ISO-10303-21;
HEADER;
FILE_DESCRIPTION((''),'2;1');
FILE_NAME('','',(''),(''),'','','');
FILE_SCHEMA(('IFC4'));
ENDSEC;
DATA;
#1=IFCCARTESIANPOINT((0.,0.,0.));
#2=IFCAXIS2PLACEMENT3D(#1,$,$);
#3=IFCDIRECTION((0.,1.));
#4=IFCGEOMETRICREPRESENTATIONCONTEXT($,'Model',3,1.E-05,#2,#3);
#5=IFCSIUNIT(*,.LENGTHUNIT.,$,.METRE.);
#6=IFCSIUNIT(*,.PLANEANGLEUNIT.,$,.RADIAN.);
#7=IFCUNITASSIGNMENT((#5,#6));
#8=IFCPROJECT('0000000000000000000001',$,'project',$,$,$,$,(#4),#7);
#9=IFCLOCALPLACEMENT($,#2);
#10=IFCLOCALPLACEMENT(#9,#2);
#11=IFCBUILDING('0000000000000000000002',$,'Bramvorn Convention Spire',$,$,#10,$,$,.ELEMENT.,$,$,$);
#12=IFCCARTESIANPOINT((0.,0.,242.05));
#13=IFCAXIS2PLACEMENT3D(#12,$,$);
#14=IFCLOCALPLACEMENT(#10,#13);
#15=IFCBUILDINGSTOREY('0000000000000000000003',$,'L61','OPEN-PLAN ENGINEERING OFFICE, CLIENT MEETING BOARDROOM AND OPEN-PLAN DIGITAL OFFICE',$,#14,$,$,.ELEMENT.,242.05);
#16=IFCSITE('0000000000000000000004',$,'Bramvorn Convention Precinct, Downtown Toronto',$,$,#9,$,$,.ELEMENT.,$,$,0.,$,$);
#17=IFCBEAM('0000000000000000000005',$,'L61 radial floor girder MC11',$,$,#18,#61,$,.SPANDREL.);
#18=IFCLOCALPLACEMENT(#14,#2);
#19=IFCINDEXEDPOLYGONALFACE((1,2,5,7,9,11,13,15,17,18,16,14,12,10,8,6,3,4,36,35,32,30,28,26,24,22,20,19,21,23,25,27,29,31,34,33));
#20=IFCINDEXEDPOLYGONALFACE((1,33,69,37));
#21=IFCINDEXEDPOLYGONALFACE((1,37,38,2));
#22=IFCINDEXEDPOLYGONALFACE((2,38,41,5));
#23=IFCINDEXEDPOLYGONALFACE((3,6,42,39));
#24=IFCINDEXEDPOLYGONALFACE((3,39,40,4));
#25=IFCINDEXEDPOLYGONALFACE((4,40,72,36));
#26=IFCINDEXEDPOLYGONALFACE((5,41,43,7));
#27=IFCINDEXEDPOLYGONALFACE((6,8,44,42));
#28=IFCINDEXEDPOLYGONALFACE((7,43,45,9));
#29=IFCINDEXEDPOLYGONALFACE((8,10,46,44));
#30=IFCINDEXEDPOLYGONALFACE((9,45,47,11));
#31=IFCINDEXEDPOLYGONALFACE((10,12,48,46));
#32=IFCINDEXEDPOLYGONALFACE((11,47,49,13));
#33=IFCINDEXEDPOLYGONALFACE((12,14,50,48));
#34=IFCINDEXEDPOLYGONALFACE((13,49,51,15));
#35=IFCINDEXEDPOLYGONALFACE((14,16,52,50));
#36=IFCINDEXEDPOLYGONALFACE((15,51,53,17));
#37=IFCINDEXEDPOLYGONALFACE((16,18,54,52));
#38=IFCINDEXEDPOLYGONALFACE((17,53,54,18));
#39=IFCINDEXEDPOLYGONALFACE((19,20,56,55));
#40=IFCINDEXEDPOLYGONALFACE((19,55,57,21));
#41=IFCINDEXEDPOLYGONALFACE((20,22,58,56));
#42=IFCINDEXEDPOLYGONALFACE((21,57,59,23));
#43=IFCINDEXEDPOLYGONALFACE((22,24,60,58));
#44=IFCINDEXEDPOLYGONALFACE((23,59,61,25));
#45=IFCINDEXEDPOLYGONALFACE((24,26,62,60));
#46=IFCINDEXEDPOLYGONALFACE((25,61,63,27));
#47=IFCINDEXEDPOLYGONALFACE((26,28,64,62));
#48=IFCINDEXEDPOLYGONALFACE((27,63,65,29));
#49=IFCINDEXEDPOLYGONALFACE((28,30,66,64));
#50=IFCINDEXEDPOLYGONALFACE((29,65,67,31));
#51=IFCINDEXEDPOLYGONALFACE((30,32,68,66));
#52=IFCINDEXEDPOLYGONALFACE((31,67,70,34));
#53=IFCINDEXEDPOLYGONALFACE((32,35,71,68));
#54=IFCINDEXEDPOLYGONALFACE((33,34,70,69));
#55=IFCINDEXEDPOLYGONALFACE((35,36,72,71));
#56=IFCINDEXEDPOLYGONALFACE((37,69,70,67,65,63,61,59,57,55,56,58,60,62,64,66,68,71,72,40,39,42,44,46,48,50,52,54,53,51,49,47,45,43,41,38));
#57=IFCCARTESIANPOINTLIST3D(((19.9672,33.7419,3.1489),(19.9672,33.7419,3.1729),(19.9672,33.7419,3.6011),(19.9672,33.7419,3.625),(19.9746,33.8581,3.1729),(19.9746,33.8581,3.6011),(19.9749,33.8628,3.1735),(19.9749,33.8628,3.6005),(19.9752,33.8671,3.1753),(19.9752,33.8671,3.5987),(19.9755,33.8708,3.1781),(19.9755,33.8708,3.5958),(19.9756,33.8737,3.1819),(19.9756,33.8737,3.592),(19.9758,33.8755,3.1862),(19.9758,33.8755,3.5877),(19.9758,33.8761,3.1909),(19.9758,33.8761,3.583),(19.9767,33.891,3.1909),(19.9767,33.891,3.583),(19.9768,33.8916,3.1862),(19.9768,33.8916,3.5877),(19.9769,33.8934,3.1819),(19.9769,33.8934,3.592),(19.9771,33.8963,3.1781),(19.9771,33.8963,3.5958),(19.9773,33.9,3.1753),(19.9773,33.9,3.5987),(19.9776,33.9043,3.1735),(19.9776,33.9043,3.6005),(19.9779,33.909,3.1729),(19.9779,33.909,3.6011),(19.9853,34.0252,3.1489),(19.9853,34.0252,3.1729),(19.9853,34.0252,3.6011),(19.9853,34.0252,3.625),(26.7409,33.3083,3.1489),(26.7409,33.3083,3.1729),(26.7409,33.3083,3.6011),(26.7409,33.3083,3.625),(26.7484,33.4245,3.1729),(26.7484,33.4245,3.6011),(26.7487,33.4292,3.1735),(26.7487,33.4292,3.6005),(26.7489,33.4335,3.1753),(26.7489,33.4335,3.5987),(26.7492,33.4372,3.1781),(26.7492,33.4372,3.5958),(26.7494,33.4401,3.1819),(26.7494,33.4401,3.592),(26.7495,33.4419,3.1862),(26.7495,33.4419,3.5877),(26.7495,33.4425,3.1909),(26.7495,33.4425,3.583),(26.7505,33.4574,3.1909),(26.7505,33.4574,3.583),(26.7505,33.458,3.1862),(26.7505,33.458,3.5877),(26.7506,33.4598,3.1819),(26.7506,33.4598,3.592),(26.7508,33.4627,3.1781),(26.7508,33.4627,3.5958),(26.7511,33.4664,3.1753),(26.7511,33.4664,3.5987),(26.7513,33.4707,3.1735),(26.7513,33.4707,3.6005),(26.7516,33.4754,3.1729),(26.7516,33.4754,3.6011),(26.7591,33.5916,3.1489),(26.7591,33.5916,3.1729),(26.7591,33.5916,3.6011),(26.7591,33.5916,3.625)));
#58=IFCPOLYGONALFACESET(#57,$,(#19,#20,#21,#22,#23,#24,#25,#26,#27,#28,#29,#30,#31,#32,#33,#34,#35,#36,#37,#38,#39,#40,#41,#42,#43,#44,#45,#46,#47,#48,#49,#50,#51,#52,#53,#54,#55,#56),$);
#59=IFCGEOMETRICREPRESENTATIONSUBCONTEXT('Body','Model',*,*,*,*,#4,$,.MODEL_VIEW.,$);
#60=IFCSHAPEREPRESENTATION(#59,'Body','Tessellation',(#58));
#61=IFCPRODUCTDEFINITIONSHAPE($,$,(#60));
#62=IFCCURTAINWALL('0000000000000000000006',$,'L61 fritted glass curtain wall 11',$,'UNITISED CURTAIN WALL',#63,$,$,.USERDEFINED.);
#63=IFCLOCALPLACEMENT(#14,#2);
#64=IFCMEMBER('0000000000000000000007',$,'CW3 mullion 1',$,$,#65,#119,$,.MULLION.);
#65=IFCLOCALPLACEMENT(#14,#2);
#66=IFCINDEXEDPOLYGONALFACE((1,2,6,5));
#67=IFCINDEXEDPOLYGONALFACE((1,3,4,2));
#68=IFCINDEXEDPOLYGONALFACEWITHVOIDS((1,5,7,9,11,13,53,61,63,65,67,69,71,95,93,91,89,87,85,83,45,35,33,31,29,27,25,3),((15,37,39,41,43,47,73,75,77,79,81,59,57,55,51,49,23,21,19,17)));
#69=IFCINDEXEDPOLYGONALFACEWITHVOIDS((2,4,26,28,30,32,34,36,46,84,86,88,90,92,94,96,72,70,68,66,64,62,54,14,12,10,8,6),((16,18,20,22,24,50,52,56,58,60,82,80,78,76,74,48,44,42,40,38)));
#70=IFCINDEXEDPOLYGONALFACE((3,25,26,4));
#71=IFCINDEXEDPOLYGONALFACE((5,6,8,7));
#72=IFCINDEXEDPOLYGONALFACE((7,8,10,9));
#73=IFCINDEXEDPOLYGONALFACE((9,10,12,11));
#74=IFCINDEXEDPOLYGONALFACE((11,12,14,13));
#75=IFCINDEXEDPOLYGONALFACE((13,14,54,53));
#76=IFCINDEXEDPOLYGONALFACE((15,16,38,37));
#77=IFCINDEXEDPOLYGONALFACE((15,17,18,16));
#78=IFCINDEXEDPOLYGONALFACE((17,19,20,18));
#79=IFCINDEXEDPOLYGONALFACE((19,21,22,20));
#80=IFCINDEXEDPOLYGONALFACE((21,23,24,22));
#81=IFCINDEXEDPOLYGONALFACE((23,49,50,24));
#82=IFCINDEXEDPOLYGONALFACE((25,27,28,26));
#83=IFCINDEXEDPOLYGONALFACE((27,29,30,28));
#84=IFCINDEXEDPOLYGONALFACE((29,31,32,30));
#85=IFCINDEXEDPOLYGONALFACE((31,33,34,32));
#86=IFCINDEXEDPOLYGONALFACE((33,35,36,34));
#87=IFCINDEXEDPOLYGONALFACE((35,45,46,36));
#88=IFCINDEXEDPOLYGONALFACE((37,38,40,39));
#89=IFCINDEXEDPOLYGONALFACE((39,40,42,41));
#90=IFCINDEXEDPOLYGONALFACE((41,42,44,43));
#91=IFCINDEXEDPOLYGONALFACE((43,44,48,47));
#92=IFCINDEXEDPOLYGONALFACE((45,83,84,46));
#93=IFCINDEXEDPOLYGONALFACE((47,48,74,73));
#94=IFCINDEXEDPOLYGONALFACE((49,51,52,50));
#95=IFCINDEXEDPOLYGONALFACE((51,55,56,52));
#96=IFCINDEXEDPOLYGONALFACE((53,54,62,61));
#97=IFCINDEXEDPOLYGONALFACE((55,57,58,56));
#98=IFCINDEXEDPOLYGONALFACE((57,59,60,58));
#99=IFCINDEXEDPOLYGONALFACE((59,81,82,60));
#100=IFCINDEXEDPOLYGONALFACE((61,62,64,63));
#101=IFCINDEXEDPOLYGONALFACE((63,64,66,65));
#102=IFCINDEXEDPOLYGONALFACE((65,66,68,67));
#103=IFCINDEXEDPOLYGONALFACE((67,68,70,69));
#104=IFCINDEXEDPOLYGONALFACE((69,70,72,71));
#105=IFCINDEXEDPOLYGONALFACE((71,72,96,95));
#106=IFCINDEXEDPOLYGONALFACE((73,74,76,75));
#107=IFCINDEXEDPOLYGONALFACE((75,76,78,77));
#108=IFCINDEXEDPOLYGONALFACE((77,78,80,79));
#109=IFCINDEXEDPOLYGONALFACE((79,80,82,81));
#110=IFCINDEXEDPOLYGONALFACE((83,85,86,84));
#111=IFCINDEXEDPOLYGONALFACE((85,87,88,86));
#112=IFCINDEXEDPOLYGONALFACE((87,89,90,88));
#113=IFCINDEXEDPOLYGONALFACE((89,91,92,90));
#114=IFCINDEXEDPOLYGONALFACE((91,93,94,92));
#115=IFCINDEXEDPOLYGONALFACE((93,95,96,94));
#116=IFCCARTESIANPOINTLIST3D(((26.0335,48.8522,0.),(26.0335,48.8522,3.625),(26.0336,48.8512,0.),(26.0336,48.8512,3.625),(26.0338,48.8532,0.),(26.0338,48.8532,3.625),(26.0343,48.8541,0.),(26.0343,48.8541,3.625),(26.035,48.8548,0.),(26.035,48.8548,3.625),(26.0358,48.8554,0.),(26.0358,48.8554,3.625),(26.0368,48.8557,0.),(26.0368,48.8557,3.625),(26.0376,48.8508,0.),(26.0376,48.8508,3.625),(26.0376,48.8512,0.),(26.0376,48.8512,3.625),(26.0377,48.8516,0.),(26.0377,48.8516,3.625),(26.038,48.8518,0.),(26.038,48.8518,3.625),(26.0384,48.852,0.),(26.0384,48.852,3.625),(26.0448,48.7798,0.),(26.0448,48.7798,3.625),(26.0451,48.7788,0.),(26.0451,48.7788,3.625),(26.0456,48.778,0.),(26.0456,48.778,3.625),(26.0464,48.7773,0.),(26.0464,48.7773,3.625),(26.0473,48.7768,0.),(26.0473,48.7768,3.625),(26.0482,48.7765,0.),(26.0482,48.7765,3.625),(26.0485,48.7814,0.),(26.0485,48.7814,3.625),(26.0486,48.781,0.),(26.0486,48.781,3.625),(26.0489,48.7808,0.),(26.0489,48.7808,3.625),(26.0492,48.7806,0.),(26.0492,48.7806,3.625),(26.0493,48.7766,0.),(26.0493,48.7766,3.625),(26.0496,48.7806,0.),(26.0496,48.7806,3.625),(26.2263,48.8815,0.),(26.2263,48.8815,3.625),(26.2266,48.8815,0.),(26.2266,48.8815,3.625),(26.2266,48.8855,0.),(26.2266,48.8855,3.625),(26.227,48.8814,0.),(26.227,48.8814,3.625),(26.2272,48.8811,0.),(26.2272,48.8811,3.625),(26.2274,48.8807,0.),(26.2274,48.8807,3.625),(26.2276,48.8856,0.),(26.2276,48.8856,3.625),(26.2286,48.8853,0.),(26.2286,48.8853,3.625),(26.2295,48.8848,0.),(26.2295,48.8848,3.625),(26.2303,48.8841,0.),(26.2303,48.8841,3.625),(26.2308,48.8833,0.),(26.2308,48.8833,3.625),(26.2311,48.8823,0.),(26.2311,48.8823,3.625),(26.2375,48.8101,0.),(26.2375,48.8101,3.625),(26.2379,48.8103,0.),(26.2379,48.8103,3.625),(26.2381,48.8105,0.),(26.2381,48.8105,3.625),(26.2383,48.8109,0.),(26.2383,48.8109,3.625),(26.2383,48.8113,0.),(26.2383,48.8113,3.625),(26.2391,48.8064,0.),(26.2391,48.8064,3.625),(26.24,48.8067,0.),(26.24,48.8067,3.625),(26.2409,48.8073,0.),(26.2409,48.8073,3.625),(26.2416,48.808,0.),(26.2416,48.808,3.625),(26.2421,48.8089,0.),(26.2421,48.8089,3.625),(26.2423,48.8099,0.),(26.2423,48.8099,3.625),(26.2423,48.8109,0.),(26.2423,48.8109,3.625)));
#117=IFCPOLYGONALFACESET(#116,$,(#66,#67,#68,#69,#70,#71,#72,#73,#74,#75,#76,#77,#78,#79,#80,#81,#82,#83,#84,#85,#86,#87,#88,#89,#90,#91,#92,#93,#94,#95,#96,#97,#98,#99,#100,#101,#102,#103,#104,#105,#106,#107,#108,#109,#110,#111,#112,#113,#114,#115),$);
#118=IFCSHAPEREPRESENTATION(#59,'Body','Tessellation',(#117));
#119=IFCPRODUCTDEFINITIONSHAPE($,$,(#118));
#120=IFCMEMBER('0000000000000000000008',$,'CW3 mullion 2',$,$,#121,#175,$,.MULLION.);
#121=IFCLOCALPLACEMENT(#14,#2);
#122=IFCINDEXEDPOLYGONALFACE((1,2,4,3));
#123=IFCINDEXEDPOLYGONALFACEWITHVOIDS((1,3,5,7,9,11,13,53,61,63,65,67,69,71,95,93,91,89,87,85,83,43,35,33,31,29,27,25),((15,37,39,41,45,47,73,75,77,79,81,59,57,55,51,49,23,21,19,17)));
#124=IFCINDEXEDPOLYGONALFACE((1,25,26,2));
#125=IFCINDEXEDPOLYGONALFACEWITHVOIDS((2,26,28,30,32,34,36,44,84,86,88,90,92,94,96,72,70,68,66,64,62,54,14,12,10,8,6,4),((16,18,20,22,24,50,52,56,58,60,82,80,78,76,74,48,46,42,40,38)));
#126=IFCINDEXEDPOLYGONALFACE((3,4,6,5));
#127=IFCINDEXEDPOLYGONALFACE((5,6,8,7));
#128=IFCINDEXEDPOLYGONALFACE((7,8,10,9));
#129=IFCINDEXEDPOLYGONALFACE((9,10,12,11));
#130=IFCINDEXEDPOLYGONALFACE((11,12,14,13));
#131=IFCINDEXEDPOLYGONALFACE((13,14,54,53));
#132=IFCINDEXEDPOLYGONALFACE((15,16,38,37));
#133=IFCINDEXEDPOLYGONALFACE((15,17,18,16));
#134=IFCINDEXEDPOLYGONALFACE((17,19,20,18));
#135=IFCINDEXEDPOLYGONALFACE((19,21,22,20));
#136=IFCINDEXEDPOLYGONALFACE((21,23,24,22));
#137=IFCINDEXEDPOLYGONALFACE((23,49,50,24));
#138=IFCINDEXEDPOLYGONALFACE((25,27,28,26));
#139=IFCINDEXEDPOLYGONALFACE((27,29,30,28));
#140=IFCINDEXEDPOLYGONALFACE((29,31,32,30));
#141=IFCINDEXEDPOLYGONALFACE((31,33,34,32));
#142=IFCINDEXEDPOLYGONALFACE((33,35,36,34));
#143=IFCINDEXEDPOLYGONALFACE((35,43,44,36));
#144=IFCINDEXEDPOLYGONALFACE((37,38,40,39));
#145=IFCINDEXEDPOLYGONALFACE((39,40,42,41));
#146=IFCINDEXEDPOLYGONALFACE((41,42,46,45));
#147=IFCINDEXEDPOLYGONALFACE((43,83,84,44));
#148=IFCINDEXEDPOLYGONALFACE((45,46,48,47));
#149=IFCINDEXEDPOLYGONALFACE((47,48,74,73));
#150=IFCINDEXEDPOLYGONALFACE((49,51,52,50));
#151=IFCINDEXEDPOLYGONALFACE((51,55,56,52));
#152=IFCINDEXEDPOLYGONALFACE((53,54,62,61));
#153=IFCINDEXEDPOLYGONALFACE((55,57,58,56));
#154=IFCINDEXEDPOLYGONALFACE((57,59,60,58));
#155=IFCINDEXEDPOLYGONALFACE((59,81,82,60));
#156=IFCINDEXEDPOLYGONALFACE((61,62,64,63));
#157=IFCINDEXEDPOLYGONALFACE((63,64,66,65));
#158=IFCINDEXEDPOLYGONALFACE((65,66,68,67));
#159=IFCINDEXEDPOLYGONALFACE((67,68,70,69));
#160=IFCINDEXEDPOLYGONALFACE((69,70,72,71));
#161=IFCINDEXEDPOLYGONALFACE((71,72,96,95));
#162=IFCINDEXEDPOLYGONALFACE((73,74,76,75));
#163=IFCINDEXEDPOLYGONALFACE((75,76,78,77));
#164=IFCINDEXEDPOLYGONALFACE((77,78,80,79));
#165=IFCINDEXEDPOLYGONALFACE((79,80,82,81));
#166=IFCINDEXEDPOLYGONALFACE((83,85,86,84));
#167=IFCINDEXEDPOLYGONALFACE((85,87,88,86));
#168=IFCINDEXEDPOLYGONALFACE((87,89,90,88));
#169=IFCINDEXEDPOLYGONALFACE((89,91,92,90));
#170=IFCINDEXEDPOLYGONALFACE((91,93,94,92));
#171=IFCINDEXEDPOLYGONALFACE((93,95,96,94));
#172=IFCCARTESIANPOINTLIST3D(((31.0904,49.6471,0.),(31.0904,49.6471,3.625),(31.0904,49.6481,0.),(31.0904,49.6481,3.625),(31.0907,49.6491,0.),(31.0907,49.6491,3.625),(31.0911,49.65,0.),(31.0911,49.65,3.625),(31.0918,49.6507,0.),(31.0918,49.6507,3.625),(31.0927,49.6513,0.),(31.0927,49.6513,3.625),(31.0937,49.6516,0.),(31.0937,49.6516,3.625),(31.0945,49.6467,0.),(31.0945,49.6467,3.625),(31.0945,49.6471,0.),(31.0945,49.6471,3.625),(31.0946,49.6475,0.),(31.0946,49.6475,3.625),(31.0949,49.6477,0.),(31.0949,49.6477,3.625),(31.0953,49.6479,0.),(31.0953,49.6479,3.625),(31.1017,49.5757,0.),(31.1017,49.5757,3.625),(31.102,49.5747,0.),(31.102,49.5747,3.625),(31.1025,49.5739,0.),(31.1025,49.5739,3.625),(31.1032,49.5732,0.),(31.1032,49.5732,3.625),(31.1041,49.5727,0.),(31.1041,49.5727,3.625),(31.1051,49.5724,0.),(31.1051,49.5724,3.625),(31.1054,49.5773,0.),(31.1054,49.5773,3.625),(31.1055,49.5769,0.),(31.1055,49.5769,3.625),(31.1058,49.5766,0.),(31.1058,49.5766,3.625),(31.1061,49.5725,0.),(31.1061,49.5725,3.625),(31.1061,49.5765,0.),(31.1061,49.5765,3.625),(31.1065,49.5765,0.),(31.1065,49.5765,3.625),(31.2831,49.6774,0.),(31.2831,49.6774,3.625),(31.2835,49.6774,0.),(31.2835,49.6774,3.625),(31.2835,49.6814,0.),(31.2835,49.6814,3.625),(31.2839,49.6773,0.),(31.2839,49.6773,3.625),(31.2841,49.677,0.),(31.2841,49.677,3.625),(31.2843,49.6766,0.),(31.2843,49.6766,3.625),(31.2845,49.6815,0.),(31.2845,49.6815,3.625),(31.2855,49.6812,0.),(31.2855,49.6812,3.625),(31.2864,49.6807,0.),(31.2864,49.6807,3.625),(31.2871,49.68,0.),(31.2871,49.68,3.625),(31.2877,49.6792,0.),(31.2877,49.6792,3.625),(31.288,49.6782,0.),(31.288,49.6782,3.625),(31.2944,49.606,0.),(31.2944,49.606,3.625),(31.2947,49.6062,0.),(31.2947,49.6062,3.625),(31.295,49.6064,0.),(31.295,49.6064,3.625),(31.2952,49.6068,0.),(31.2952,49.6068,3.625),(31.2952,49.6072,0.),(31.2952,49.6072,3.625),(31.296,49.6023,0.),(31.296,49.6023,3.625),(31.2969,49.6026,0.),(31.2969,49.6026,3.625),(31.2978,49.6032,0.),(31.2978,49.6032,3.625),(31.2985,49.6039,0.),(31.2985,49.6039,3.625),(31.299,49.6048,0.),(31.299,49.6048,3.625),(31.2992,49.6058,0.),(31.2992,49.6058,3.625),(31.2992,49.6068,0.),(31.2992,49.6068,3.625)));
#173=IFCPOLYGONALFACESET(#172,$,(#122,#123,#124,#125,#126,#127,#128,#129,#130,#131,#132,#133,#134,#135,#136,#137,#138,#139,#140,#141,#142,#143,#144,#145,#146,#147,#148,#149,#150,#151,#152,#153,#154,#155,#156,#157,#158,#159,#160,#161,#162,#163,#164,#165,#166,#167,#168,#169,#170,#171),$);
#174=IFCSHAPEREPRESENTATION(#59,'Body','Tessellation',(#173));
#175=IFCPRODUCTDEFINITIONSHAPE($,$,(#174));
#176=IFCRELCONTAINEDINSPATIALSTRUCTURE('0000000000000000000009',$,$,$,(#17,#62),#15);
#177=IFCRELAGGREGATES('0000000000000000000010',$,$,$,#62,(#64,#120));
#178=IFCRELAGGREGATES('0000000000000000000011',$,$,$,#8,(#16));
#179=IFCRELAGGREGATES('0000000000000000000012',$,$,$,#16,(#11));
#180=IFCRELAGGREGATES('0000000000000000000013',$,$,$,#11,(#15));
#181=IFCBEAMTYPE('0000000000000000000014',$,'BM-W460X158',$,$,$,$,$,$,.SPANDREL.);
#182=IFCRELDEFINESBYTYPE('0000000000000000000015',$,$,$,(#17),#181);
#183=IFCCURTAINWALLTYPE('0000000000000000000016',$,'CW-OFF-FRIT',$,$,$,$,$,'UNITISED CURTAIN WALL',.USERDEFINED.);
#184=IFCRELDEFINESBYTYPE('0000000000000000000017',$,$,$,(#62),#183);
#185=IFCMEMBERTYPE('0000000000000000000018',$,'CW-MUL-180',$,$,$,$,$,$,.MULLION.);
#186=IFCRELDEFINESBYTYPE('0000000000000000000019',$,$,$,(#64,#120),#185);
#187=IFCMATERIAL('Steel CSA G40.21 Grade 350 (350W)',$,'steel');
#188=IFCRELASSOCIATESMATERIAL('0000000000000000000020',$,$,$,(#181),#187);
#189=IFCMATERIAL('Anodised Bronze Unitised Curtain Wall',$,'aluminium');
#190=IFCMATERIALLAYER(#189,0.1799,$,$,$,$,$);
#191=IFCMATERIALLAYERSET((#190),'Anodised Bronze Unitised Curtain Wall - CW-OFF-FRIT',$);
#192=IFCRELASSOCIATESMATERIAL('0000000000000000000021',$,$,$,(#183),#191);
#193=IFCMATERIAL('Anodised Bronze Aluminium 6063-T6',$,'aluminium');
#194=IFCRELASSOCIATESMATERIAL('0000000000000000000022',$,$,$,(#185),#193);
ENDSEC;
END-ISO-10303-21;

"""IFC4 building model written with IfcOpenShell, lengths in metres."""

from ifc_helpers import new_model, si_unit, direction, frame, origin, origin_2d, place, context, subcontext, project, spatial, hollow_rectangle, i_section, extrude, material, layer, layer_set, material_profile, profile_set, type_object, element, aggregate, save


model = new_model("IFC4")

# Units and contexts
model_context = context("Model", 3, precision=1e-05, world=origin(), true_north=direction((0.0, 1.0)))
body_context = subcontext(model_context, "Body", "Model", "MODEL_VIEW")
ifc_project = project(units=[si_unit("LENGTHUNIT", "METRE"), si_unit("PLANEANGLEUNIT", "RADIAN")], contexts=[model_context])

# Site, building, storey
site_placement = place(None, origin())
site = spatial("IfcSite", under=ifc_project, at=site_placement, Name="Bramvorn Convention Precinct, Downtown Toronto", CompositionType="ELEMENT", RefElevation=0.0)
building_placement = place(site_placement, origin())
building = spatial("IfcBuilding", under=site, at=building_placement, Name="Bramvorn Convention Spire", CompositionType="ELEMENT")
storey_placement = place(building_placement, frame((0.0, 0.0, 242.05)))
storey = spatial("IfcBuildingStorey", under=building, at=storey_placement, Name="L61", Description="OPEN-PLAN ENGINEERING OFFICE, CLIENT MEETING BOARDROOM AND OPEN-PLAN DIGITAL OFFICE", CompositionType="ELEMENT", Elevation=242.05)

# Shared definitions
ifc_material_1 = material(Name="Steel CSA G40.21 Grade 350 (350W)", Category="steel")

# Beam
ifc_material_profile_1 = material_profile(ifc_material_1, i_section(OverallWidth=0.2839, OverallDepth=0.4761, WebThickness=0.0149, FlangeThickness=0.0239, FilletRadius=0.0181, at=origin_2d()))
ifc_profile_set_1 = profile_set([ifc_material_profile_1], Name="Steel CSA G40.21 Grade 350 (350W) - W460X158")
beam_type_1 = type_object("IfcBeamType", Name="BM-W460X158", PredefinedType="SPANDREL", material=ifc_profile_set_1)
beam_1_placement = place(storey_placement, frame((26.75, 33.45, 3.387), z_axis=(-0.997958, 0.063881, 0.0), x_axis=(-0.063881, -0.997958, 0.0)))
element("IfcBeam", 1, at=beam_1_placement, inside=storey, type_object=beam_type_1, Name="L61 radial floor girder MC11", PredefinedType="SPANDREL", context=body_context, shape_type="SweptSolid", body=[
    extrude(i_section(OverallWidth=0.2839, OverallDepth=0.4761, WebThickness=0.0149, FlangeThickness=0.0239, FilletRadius=0.0181, at=origin_2d()), origin(), (0.0, 0.0, 1.0), 6.7876),
])

# Curtain wall, members
ifc_material_2 = material(Name="Anodised Bronze Unitised Curtain Wall", Category="aluminium")
ifc_layer_1 = layer(ifc_material_2, 0.1799)
ifc_layer_set_1 = layer_set([ifc_layer_1], Name="Anodised Bronze Unitised Curtain Wall - CW-OFF-FRIT")
curtain_wall_type = type_object("IfcCurtainWallType", Name="CW-OFF-FRIT", ElementType="UNITISED CURTAIN WALL", PredefinedType="USERDEFINED", material=ifc_layer_set_1)
curtain_wall_placement = place(storey_placement, origin())
curtain_wall = element("IfcCurtainWall", 2, at=curtain_wall_placement, inside=storey, type_object=curtain_wall_type, Name="L61 fritted glass curtain wall 11", ObjectType="UNITISED CURTAIN WALL", PredefinedType="USERDEFINED")
ifc_material_3 = material(Name="Anodised Bronze Aluminium 6063-T6", Category="aluminium")
ifc_material_profile_2 = material_profile(ifc_material_3, hollow_rectangle(XDim=0.0801, YDim=0.2, WallThickness=0.0039, InnerFilletRadius=0.001, OuterFilletRadius=0.0039, at=origin_2d()))
ifc_profile_set_2 = profile_set([ifc_material_profile_2], Name="Anodised Bronze Aluminium 6063-T6 - CWM80X200")
member_type_1 = type_object("IfcMemberType", Name="CW-MUL-180", PredefinedType="MULLION", material=ifc_profile_set_2)
member_1_placement = place(storey_placement, frame((26.1379, 48.8311, 0.0), z_axis=(0.0, 0.0, 1.0), x_axis=(-0.155488, 0.987838, 0.0)))
member_1 = element("IfcMember", 3, at=member_1_placement, type_object=member_type_1, Name="CW3 mullion 1", PredefinedType="MULLION", context=body_context, shape_type="SweptSolid", body=[
    extrude(hollow_rectangle(XDim=0.0801, YDim=0.2, WallThickness=0.0039, InnerFilletRadius=0.001, OuterFilletRadius=0.0039, at=origin_2d()), origin(), (0.0, 0.0, 1.0), 3.625),
])
member_2_placement = place(storey_placement, frame((31.1948, 49.627, 0.0), z_axis=(0.0, 0.0, 1.0), x_axis=(-0.155488, 0.987838, 0.0)))
member_2 = element("IfcMember", 4, at=member_2_placement, type_object=member_type_1, Name="CW3 mullion 2", PredefinedType="MULLION", context=body_context, shape_type="SweptSolid", body=[
    extrude(hollow_rectangle(XDim=0.0801, YDim=0.2, WallThickness=0.0039, InnerFilletRadius=0.001, OuterFilletRadius=0.0039, at=origin_2d()), origin(), (0.0, 0.0, 1.0), 3.625),
])

aggregate(curtain_wall, [member_1, member_2])

save(model, "model.ifc")
